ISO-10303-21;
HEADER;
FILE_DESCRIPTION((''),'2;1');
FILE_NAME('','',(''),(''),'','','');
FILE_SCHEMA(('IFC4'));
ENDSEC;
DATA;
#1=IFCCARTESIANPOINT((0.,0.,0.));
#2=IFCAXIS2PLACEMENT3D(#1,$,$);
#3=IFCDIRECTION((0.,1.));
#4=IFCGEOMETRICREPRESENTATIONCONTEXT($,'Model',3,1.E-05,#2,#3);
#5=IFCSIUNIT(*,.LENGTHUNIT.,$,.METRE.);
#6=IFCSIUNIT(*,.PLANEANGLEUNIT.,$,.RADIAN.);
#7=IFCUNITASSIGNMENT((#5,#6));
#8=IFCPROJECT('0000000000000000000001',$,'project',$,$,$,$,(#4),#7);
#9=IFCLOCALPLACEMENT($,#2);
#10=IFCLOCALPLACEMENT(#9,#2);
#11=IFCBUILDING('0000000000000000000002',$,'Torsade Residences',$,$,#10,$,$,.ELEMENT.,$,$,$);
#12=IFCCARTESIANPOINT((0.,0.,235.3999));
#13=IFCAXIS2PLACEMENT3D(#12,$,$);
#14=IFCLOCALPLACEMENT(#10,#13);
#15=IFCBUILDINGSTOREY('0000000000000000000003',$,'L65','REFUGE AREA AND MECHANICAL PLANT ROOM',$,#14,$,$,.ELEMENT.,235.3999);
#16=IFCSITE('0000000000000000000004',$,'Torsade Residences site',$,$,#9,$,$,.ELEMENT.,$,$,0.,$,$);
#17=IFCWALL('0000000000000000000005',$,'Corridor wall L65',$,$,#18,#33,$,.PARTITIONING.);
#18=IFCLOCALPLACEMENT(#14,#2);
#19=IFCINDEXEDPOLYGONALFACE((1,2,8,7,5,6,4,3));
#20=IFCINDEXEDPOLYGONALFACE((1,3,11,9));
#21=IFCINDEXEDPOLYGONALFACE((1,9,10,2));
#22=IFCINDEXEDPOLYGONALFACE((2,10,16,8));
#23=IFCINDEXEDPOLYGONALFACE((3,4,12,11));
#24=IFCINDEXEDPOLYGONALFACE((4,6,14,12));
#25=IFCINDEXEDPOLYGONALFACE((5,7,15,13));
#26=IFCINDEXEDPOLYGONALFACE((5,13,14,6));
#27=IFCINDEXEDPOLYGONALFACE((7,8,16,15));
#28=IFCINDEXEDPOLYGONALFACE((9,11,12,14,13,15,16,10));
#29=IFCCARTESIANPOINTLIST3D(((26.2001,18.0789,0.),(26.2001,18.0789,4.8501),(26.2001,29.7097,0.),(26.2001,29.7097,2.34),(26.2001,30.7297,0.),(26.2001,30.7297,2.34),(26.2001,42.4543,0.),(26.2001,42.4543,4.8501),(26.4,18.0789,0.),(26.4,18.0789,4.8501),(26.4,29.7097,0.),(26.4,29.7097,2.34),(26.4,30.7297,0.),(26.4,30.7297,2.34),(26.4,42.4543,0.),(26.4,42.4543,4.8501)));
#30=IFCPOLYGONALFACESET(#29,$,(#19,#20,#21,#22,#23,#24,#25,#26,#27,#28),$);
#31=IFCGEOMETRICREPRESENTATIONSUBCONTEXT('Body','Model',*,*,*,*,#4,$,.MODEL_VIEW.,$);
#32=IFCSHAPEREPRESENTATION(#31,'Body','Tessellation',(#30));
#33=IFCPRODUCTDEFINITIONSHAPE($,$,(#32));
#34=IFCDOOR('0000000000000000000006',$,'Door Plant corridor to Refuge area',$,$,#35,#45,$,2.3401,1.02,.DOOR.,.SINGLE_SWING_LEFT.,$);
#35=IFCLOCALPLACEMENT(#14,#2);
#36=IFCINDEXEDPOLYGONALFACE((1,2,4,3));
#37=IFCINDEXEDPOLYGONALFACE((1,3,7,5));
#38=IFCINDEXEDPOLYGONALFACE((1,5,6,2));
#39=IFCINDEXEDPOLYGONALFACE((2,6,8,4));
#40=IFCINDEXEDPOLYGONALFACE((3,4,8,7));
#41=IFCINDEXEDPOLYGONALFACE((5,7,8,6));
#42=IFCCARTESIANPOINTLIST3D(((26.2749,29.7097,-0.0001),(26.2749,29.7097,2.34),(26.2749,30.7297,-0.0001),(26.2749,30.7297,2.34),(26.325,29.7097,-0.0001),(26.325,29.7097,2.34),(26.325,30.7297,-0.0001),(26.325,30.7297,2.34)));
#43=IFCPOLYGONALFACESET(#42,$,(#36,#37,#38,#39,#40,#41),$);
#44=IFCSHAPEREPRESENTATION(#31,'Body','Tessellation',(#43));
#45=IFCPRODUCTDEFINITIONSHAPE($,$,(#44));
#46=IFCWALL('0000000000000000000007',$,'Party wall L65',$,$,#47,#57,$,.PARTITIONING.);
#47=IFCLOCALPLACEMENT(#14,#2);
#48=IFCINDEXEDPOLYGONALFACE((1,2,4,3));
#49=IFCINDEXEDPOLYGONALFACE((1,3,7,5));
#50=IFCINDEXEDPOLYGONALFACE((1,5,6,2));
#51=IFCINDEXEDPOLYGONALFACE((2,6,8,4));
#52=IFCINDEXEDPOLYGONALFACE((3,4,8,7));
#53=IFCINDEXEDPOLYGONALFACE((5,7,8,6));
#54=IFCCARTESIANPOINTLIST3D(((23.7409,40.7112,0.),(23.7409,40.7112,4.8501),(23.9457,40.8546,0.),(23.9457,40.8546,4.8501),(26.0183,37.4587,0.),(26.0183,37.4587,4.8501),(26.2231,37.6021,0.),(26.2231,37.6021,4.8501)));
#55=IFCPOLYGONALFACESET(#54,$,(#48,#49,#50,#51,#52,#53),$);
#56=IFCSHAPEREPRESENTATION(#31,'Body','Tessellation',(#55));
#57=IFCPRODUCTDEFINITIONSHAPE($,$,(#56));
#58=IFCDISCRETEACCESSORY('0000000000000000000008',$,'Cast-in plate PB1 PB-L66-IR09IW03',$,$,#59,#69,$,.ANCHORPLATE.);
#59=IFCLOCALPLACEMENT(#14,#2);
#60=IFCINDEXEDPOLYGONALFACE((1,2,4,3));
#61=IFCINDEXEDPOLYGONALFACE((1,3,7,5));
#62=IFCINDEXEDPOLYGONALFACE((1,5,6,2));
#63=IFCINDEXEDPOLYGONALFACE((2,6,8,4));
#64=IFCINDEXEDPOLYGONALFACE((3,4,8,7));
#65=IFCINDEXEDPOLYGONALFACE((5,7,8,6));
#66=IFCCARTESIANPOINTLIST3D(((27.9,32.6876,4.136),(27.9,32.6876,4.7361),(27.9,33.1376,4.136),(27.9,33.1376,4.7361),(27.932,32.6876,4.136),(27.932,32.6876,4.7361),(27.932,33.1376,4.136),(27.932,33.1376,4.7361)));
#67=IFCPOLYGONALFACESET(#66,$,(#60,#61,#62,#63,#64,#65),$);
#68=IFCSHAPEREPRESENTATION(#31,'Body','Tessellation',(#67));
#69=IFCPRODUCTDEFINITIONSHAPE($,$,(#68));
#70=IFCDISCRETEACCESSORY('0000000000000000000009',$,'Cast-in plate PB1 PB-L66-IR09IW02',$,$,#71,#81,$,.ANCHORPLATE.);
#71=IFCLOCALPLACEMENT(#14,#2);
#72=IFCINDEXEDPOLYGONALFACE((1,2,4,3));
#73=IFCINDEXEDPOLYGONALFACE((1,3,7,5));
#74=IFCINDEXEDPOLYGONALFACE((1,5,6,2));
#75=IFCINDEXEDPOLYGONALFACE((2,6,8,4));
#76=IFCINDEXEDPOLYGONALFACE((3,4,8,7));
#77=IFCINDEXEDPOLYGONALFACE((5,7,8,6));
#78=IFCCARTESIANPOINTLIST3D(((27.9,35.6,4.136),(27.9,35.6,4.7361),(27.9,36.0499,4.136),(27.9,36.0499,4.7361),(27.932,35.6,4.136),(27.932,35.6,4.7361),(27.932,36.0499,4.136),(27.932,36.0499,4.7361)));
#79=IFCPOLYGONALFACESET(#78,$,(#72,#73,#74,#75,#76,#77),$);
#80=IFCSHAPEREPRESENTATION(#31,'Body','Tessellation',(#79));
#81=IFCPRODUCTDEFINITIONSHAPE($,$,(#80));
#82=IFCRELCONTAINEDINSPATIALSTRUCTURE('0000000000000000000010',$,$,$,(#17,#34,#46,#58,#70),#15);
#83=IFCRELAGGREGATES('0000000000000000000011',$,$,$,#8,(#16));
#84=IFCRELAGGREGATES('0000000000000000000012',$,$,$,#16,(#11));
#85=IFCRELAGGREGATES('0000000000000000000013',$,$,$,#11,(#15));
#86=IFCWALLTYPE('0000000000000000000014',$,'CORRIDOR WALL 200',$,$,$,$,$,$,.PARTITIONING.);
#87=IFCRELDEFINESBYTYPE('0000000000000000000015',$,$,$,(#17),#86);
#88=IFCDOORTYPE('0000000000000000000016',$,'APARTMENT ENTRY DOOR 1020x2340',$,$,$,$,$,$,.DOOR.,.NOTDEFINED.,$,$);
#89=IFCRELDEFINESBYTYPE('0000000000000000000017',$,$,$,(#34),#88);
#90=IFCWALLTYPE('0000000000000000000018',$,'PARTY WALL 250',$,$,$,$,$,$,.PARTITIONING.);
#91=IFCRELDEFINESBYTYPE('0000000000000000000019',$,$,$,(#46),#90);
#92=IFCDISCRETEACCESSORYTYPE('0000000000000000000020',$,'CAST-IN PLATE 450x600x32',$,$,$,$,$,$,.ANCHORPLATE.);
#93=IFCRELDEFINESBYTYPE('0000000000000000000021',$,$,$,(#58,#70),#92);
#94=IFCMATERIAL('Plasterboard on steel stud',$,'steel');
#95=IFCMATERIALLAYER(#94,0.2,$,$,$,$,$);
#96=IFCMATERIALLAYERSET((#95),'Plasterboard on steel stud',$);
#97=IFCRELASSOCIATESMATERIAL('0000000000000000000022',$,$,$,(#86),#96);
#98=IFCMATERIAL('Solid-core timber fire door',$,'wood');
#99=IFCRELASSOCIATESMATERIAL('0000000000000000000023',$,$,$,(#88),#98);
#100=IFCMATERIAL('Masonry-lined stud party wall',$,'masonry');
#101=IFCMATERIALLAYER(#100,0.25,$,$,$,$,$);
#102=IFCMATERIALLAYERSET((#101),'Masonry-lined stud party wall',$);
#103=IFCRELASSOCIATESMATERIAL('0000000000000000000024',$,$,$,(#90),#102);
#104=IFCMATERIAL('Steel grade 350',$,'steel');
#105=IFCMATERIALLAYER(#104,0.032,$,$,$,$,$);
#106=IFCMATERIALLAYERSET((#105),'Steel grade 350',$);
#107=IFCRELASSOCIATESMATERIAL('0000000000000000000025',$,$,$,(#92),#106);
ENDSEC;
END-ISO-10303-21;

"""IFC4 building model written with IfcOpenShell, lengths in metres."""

from ifc_helpers import new_model, si_unit, direction, frame, frame_2d, origin, origin_2d, place, context, subcontext, project, spatial, rectangle, extrude, material, layer, layer_set, type_object, element, fill, save


model = new_model("IFC4")

# Units and contexts
model_context = context("Model", 3, precision=1e-05, world=origin(), true_north=direction((0.0, 1.0)))
body_context = subcontext(model_context, "Body", "Model", "MODEL_VIEW")
ifc_project = project(units=[si_unit("LENGTHUNIT", "METRE"), si_unit("PLANEANGLEUNIT", "RADIAN")], contexts=[model_context])

# Site, building, storey
site_placement = place(None, origin())
site = spatial("IfcSite", under=ifc_project, at=site_placement, Name="Torsade Residences site", CompositionType="ELEMENT", RefElevation=0.0)
building_placement = place(site_placement, origin())
building = spatial("IfcBuilding", under=site, at=building_placement, Name="Torsade Residences", CompositionType="ELEMENT")
storey_placement = place(building_placement, frame((0.0, 0.0, 235.3999)))
storey = spatial("IfcBuildingStorey", under=building, at=storey_placement, Name="L65", Description="REFUGE AREA AND MECHANICAL PLANT ROOM", CompositionType="ELEMENT", Elevation=235.3999)

# Wall, opening, door
ifc_material_1 = material(Name="Plasterboard on steel stud", Category="steel")
ifc_layer_1 = layer(ifc_material_1, 0.2)
ifc_layer_set_1 = layer_set([ifc_layer_1], Name="Plasterboard on steel stud")
wall_type_1 = type_object("IfcWallType", Name="CORRIDOR WALL 200", PredefinedType="PARTITIONING", material=ifc_layer_set_1)
wall_1_placement = place(storey_placement, frame((26.3, 42.4543, 0.0), z_axis=(0.0, 0.0, 1.0), x_axis=(0.0, -1.0, 0.0)))
wall_1 = element("IfcWall", 1, at=wall_1_placement, inside=storey, type_object=wall_type_1, Name="Corridor wall L65", PredefinedType="PARTITIONING", context=body_context, shape_type="SweptSolid", body=[
    extrude(rectangle(XDim=24.3755, YDim=0.2, at=frame_2d((12.1877, 0.0))), origin(), (0.0, 0.0, 1.0), 4.8501),
])
opening_placement = place(wall_1_placement, frame((11.7246, 0.0, 0.0)))
opening = element("IfcOpeningElement", 2, at=opening_placement, cuts=wall_1, PredefinedType="OPENING", context=body_context, shape_type="SweptSolid", body=[
    extrude(rectangle(XDim=1.02, YDim=2.3401, at=frame_2d((0.51, 1.1699))), frame((0.0, 0.1099, 0.0), z_axis=(0.0, -1.0, 0.0), x_axis=(1.0, 0.0, 0.0)), (0.0, 0.0, 1.0), 0.22),
])
ifc_material_2 = material(Name="Solid-core timber fire door", Category="wood")
door_type = type_object("IfcDoorType", Name="APARTMENT ENTRY DOOR 1020x2340", OperationType="NOTDEFINED", PredefinedType="DOOR", material=ifc_material_2)
door_placement = place(opening_placement, origin())
door = element("IfcDoor", 3, at=door_placement, inside=storey, type_object=door_type, Name="Door Plant corridor to Refuge area", OperationType="SINGLE_SWING_LEFT", OverallHeight=2.3401, OverallWidth=1.02, PredefinedType="DOOR", context=body_context, shape_type="SweptSolid", body=[
    extrude(rectangle(XDim=1.02, YDim=2.3401, at=frame_2d((0.51, 1.1699))), frame((0.0, 0.0249, 0.0), z_axis=(0.0, -1.0, 0.0), x_axis=(1.0, 0.0, 0.0)), (0.0, 0.0, 1.0), 0.05),
])
fill(opening, door)

# Wall
ifc_material_3 = material(Name="Masonry-lined stud party wall", Category="masonry")
ifc_layer_2 = layer(ifc_material_3, 0.25)
ifc_layer_set_2 = layer_set([ifc_layer_2], Name="Masonry-lined stud party wall")
wall_type_2 = type_object("IfcWallType", Name="PARTY WALL 250", PredefinedType="PARTITIONING", material=ifc_layer_set_2)
wall_2_placement = place(storey_placement, frame((23.8433, 40.783, 0.0), z_axis=(0.0, 0.0, 1.0), x_axis=(0.57357, -0.819157, 0.0)))
element("IfcWall", 4, at=wall_2_placement, inside=storey, type_object=wall_type_2, Name="Party wall L65", PredefinedType="PARTITIONING", context=body_context, shape_type="SweptSolid", body=[
    extrude(rectangle(XDim=3.9705, YDim=0.25, at=frame_2d((1.9854, 0.0))), origin(), (0.0, 0.0, 1.0), 4.8501),
])

# Discrete accessories
ifc_material_4 = material(Name="Steel grade 350", Category="steel")
ifc_layer_3 = layer(ifc_material_4, 0.032)
ifc_layer_set_3 = layer_set([ifc_layer_3], Name="Steel grade 350")
discrete_accessory_type = type_object("IfcDiscreteAccessoryType", Name="CAST-IN PLATE 450x600x32", PredefinedType="ANCHORPLATE", material=ifc_layer_set_3)
for number, where, z_axis, x_axis, name in (
    (5, (27.916, 32.9126, 4.136), (0.0, 0.0, 1.0), (1.0, 0.0, 0.0), "Cast-in plate PB1 PB-L66-IR09IW03"),
    (6, (27.916, 35.825, 4.136), (0.0, 0.0, 1.0), (1.0, 0.0, 0.0), "Cast-in plate PB1 PB-L66-IR09IW02"),
):
    element("IfcDiscreteAccessory", number, at=place(storey_placement, frame(where, z_axis=z_axis, x_axis=x_axis)), inside=storey, type_object=discrete_accessory_type, Name=name, PredefinedType="ANCHORPLATE", context=body_context, shape_type="SweptSolid", body=[
        extrude(rectangle(XDim=0.032, YDim=0.45, at=origin_2d()), origin(), (0.0, 0.0, 1.0), 0.6001),
    ])

save(model, "model.ifc")
